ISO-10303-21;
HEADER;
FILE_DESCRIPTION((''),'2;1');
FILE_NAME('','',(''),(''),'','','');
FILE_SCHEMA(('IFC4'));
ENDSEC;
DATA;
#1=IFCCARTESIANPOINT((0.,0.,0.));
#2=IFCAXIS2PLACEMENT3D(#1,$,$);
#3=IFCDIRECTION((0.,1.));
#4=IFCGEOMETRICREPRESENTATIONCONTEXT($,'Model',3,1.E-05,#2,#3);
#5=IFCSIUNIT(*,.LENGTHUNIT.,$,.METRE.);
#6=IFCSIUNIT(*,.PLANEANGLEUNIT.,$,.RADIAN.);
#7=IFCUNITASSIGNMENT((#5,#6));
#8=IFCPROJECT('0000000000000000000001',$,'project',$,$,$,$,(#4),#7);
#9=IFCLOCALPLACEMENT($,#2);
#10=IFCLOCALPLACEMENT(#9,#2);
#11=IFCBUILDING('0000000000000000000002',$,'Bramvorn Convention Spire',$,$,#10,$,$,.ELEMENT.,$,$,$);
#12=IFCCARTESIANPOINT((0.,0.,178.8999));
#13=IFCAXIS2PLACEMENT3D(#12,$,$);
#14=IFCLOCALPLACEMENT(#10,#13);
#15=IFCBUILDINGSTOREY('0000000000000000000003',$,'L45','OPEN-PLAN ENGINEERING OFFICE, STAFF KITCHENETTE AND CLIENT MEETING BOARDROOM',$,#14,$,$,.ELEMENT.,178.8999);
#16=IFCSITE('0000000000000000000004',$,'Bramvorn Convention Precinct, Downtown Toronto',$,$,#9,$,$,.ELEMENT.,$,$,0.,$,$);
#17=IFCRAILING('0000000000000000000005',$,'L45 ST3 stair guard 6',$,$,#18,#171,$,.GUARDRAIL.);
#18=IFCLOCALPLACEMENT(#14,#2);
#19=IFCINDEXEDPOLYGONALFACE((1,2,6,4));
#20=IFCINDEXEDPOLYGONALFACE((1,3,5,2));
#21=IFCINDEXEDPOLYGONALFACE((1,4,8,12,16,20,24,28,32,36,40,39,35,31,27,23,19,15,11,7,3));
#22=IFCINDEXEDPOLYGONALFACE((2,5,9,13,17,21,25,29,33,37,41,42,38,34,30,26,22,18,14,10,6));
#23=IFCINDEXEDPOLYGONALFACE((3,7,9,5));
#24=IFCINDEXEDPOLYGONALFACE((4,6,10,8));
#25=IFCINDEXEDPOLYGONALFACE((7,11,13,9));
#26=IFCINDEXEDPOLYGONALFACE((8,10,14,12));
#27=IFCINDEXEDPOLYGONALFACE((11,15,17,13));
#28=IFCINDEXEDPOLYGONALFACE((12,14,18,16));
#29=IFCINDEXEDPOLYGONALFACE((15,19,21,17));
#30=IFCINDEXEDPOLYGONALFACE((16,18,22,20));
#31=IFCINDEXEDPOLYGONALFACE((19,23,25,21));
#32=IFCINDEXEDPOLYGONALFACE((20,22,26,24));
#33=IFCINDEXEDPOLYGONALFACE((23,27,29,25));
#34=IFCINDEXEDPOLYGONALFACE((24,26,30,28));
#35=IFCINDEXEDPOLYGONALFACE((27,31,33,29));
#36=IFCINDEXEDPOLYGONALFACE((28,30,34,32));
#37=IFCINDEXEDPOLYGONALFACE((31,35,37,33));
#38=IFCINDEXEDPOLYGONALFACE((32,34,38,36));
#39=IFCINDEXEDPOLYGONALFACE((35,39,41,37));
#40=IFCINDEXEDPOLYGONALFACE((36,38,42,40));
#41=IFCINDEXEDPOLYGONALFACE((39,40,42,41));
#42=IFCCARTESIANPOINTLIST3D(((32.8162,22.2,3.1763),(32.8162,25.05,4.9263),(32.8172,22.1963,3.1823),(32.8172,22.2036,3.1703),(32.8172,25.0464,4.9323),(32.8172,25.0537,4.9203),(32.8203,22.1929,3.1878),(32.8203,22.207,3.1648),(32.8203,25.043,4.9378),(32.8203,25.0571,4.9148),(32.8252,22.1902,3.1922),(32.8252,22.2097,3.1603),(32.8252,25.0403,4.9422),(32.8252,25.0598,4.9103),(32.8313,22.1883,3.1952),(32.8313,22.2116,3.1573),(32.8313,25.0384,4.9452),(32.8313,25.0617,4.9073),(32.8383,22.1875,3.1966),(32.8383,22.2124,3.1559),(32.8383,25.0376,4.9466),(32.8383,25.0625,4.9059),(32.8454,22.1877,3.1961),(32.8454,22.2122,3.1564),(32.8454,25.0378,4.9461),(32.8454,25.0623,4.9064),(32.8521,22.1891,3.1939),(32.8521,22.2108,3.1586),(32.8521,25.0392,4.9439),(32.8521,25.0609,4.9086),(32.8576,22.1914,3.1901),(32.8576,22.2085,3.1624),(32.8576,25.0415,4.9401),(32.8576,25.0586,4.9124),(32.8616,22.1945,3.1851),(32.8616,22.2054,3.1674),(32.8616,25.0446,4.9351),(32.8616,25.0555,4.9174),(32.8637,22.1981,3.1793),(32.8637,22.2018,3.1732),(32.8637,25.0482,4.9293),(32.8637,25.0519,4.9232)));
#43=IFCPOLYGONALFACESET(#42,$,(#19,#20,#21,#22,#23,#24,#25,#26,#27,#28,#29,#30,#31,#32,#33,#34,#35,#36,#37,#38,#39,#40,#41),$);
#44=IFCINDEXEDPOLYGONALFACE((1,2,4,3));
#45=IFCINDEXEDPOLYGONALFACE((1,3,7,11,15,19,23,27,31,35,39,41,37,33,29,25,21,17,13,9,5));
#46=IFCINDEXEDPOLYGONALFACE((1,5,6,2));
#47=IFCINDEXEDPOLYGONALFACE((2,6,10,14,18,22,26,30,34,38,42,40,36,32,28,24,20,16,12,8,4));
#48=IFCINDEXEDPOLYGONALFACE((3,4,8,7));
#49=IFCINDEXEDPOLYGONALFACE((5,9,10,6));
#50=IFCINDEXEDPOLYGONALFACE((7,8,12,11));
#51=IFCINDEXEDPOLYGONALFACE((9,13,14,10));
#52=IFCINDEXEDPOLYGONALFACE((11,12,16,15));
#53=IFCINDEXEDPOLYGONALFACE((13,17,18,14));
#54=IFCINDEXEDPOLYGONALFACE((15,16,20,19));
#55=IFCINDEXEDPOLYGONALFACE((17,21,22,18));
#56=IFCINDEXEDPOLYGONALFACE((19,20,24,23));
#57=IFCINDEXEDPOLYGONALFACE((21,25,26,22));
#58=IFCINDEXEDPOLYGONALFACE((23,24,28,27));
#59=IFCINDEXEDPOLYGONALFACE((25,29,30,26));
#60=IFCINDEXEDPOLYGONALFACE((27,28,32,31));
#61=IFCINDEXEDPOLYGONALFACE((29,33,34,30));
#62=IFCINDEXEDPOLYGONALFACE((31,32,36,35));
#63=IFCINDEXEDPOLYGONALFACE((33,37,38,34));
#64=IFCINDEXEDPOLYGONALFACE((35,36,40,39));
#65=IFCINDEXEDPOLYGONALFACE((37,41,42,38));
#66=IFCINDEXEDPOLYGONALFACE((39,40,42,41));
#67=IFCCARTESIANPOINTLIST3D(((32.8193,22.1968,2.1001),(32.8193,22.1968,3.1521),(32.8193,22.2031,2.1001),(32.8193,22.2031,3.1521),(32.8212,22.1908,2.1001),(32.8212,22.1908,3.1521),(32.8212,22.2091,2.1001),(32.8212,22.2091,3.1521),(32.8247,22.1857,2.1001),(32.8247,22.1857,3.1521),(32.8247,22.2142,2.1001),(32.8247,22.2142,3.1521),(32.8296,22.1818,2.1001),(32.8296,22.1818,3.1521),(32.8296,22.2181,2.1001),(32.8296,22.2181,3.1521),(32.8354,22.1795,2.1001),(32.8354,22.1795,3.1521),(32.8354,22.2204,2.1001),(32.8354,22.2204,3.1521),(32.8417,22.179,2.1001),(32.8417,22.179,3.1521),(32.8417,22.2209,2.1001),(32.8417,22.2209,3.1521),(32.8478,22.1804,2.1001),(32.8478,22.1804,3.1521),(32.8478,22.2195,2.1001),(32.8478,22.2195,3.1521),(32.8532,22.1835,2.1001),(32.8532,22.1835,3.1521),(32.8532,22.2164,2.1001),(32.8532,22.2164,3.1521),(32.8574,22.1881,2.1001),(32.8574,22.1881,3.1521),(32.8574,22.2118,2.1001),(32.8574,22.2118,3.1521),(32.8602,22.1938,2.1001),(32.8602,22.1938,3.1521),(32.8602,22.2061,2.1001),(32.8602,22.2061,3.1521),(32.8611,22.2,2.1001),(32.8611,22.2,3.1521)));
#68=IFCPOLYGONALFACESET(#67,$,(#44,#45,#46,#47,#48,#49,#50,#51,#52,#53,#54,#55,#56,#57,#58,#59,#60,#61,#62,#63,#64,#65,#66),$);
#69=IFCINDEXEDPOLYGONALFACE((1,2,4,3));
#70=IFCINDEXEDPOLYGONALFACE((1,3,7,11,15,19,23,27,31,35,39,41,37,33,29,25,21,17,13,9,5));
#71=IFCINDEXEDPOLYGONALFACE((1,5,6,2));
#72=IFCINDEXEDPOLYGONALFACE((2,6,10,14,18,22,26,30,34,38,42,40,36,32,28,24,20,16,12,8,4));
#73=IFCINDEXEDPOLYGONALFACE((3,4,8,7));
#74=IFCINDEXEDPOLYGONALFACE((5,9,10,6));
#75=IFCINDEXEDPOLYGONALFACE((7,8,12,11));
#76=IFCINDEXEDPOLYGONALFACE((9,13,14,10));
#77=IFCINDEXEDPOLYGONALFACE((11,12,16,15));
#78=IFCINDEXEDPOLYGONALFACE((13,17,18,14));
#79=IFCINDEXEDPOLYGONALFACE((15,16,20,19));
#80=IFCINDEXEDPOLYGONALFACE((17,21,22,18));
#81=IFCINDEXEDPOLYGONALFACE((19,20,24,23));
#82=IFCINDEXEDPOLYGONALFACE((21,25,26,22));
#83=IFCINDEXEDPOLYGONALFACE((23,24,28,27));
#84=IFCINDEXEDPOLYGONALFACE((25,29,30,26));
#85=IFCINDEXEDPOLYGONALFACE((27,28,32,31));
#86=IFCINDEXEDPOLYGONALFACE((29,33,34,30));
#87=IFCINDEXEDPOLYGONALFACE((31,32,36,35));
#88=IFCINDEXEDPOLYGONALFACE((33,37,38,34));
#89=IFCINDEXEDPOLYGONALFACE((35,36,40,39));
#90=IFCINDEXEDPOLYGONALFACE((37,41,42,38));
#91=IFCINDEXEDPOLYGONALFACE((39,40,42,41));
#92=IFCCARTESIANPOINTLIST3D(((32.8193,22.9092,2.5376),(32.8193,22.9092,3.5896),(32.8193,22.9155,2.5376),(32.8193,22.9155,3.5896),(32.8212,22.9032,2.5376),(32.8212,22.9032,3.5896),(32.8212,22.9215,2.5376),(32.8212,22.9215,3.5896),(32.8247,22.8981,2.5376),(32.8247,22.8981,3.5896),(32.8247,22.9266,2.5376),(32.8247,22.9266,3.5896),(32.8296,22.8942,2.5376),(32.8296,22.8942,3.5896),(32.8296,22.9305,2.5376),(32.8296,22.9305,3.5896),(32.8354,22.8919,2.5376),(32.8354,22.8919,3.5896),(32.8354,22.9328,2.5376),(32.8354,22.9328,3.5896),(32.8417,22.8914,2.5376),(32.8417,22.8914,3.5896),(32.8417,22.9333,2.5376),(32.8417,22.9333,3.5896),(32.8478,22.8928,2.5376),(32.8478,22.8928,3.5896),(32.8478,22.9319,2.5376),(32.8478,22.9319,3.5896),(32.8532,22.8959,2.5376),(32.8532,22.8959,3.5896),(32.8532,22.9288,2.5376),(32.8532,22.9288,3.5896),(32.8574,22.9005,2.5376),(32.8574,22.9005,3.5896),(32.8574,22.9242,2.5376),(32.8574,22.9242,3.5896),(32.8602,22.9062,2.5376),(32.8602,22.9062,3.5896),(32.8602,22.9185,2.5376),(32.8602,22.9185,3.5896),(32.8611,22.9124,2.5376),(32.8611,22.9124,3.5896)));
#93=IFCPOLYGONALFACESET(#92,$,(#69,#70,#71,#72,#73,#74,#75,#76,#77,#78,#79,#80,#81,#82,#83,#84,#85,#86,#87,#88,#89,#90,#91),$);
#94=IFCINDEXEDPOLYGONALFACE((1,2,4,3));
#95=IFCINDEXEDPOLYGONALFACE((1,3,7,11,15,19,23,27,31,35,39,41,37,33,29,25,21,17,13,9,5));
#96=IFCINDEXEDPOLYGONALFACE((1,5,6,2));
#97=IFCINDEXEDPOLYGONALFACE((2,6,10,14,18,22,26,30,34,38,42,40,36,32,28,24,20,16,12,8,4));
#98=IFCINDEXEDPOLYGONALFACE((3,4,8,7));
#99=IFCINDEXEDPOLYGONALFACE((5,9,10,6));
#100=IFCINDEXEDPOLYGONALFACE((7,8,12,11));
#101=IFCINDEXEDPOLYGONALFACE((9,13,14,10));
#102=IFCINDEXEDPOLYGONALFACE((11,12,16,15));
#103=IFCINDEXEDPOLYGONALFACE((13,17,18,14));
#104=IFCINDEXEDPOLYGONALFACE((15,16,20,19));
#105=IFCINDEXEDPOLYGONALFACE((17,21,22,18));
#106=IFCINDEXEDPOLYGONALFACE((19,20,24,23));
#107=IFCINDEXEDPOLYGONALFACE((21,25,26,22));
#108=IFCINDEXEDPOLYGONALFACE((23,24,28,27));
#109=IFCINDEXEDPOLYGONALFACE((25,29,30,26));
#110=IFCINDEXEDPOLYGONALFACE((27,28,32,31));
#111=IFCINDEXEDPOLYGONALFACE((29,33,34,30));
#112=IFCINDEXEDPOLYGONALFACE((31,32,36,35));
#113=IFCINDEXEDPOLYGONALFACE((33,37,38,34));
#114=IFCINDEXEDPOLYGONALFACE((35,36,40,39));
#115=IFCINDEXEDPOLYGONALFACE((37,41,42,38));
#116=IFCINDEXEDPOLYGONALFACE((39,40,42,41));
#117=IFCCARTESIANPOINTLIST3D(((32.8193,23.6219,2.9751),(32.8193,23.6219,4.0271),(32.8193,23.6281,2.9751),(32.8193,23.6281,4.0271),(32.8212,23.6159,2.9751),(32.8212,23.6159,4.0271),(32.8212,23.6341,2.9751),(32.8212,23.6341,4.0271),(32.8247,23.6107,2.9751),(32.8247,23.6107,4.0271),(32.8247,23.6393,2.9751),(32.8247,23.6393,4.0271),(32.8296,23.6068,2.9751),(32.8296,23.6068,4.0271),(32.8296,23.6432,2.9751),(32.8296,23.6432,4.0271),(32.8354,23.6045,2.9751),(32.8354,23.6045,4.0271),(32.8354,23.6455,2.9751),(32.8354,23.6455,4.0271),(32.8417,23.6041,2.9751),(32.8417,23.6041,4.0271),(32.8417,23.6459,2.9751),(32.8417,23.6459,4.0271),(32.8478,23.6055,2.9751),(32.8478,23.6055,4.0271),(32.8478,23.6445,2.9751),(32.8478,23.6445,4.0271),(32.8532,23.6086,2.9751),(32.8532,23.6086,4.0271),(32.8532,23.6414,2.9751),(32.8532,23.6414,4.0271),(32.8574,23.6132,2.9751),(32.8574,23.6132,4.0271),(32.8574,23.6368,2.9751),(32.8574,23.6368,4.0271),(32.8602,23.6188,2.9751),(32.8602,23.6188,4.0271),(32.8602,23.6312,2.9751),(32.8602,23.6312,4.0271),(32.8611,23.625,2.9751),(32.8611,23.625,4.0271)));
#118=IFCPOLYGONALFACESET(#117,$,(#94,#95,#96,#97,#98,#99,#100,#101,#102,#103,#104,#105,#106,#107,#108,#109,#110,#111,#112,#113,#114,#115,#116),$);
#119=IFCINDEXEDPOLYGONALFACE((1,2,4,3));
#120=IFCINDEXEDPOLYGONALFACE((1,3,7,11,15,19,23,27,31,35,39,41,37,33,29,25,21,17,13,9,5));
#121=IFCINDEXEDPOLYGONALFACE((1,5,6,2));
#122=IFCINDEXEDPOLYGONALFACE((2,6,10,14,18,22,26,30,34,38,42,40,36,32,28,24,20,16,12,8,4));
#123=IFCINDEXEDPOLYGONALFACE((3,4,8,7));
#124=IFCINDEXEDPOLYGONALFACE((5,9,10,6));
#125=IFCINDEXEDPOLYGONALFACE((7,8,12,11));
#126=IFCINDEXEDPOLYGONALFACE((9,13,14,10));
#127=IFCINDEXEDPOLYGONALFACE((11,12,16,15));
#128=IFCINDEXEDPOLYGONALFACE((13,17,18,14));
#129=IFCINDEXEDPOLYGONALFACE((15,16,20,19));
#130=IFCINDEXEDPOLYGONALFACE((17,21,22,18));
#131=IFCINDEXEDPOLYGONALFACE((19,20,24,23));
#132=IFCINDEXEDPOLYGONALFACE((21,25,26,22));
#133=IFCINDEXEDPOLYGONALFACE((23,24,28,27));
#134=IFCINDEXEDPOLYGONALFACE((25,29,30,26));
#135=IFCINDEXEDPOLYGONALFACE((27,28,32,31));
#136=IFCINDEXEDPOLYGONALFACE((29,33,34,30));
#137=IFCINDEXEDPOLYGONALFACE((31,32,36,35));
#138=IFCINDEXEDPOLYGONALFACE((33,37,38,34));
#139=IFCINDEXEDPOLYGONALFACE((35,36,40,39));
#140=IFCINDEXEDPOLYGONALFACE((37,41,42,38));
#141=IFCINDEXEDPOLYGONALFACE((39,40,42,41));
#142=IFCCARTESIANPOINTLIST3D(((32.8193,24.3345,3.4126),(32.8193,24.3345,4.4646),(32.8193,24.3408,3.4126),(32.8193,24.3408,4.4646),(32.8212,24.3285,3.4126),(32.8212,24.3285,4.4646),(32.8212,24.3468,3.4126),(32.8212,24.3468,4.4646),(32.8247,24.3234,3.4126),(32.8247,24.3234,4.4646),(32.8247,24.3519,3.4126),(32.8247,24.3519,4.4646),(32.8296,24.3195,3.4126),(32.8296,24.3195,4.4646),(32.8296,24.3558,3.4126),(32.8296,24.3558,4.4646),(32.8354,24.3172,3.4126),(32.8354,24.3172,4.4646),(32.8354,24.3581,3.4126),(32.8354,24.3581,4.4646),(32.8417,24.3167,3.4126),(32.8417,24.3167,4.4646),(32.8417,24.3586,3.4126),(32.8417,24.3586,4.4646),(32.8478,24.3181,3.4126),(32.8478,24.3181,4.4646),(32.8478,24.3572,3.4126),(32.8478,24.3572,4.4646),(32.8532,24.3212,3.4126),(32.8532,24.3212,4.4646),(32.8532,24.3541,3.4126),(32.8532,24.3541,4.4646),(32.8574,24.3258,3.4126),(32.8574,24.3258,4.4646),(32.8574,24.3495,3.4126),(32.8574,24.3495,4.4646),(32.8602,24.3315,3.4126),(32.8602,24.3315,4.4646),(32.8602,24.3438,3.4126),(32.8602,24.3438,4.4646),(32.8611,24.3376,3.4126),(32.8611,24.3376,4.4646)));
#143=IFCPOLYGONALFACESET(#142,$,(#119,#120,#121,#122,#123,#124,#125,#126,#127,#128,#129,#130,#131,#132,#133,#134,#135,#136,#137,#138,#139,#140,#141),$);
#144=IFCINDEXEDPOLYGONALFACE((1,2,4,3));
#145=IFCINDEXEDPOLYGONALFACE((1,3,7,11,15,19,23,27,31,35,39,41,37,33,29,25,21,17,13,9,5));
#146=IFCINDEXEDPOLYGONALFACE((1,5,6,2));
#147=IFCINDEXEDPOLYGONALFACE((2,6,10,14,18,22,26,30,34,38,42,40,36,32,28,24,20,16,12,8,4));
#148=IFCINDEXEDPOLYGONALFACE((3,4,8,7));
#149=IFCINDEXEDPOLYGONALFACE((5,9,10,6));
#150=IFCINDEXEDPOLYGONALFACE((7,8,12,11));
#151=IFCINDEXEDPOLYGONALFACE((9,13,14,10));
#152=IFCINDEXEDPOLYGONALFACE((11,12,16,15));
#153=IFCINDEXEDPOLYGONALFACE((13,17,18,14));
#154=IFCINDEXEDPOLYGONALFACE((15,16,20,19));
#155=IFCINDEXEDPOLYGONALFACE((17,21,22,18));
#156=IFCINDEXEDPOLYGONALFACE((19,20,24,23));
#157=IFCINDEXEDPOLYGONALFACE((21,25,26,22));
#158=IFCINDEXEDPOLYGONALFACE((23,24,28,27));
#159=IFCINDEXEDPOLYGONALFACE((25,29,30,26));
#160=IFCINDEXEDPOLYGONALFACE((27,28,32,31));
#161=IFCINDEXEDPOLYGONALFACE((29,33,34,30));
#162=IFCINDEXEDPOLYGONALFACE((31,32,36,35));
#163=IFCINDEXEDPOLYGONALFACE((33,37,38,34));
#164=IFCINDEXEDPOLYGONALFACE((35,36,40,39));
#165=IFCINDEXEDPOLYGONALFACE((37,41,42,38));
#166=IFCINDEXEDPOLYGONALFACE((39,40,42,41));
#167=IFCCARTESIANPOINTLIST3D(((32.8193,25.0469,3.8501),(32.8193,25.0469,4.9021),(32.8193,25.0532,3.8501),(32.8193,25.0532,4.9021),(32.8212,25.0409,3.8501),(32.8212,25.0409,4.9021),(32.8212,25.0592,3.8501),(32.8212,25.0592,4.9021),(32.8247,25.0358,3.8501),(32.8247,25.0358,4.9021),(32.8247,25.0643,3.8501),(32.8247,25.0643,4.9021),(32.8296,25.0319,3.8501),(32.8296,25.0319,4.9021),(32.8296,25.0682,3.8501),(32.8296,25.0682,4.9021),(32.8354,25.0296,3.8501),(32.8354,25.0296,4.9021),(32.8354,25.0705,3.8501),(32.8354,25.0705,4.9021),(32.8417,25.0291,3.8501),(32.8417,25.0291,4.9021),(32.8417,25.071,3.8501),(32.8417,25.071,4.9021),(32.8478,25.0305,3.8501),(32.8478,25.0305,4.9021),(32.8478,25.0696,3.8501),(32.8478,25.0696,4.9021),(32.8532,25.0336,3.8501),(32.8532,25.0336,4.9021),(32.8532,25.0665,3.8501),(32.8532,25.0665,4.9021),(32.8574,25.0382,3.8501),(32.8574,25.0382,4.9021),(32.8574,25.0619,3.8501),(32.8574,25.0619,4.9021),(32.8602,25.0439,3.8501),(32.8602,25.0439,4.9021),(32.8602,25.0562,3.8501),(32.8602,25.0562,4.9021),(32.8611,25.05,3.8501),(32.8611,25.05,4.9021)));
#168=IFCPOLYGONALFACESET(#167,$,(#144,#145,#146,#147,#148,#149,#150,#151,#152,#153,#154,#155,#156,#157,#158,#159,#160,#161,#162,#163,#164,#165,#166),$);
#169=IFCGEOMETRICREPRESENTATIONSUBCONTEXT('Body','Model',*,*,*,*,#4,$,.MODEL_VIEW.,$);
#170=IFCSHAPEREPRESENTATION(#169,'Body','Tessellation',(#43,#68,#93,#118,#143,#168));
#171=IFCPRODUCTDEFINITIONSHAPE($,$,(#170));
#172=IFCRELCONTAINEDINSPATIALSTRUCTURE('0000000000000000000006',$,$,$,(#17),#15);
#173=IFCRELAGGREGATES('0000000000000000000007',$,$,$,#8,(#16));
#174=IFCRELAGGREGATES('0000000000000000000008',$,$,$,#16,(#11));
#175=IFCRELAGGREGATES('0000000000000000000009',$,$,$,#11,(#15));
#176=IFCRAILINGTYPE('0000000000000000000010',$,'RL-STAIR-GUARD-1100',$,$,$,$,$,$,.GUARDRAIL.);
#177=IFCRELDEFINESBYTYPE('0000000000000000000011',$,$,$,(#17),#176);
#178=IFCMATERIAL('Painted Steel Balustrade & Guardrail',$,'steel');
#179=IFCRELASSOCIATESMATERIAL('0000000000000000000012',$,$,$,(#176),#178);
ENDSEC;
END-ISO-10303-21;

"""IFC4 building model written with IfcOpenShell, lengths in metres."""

from ifc_helpers import new_model, si_unit, direction, frame, origin, origin_2d, place, context, subcontext, project, spatial, circle, extrude, material, type_object, element, save


model = new_model("IFC4")

# Units and contexts
model_context = context("Model", 3, precision=1e-05, world=origin(), true_north=direction((0.0, 1.0)))
body_context = subcontext(model_context, "Body", "Model", "MODEL_VIEW")
ifc_project = project(units=[si_unit("LENGTHUNIT", "METRE"), si_unit("PLANEANGLEUNIT", "RADIAN")], contexts=[model_context])

# Site, building, storey
site_placement = place(None, origin())
site = spatial("IfcSite", under=ifc_project, at=site_placement, Name="Bramvorn Convention Precinct, Downtown Toronto", CompositionType="ELEMENT", RefElevation=0.0)
building_placement = place(site_placement, origin())
building = spatial("IfcBuilding", under=site, at=building_placement, Name="Bramvorn Convention Spire", CompositionType="ELEMENT")
storey_placement = place(building_placement, frame((0.0, 0.0, 178.8999)))
storey = spatial("IfcBuildingStorey", under=building, at=storey_placement, Name="L45", Description="OPEN-PLAN ENGINEERING OFFICE, STAFF KITCHENETTE AND CLIENT MEETING BOARDROOM", CompositionType="ELEMENT", Elevation=178.8999)

# Railing
ifc_material_1 = material(Name="Painted Steel Balustrade & Guardrail", Category="steel")
railing_type_1 = type_object("IfcRailingType", Name="RL-STAIR-GUARD-1100", PredefinedType="GUARDRAIL", material=ifc_material_1)
railing_1_placement = place(storey_placement, frame((32.8401, 22.2, 2.1001)))
element("IfcRailing", 1, at=railing_1_placement, inside=storey, type_object=railing_type_1, Name="L45 ST3 stair guard 6", PredefinedType="GUARDRAIL", context=body_context, shape_type="SweptSolid", body=[
    extrude(circle(Radius=0.0239, at=origin_2d()), frame((0.0, 0.0, 1.0762), z_axis=(0.0, 0.852179, 0.52325), x_axis=(-1.0, 0.0, 0.0)), (0.0, 0.0, 1.0), 3.3445),
    extrude(circle(Radius=0.021, at=origin_2d()), origin(), (0.0, 0.0, 1.0), 1.052),
    extrude(circle(Radius=0.021, at=origin_2d()), frame((0.0, 0.7124, 0.4375)), (0.0, 0.0, 1.0), 1.052),
    extrude(circle(Radius=0.021, at=origin_2d()), frame((0.0, 1.425, 0.875)), (0.0, 0.0, 1.0), 1.052),
    extrude(circle(Radius=0.021, at=origin_2d()), frame((0.0, 2.1377, 1.3125)), (0.0, 0.0, 1.0), 1.052),
    extrude(circle(Radius=0.021, at=origin_2d()), frame((0.0, 2.8501, 1.75)), (0.0, 0.0, 1.0), 1.052),
])

save(model, "model.ifc")
